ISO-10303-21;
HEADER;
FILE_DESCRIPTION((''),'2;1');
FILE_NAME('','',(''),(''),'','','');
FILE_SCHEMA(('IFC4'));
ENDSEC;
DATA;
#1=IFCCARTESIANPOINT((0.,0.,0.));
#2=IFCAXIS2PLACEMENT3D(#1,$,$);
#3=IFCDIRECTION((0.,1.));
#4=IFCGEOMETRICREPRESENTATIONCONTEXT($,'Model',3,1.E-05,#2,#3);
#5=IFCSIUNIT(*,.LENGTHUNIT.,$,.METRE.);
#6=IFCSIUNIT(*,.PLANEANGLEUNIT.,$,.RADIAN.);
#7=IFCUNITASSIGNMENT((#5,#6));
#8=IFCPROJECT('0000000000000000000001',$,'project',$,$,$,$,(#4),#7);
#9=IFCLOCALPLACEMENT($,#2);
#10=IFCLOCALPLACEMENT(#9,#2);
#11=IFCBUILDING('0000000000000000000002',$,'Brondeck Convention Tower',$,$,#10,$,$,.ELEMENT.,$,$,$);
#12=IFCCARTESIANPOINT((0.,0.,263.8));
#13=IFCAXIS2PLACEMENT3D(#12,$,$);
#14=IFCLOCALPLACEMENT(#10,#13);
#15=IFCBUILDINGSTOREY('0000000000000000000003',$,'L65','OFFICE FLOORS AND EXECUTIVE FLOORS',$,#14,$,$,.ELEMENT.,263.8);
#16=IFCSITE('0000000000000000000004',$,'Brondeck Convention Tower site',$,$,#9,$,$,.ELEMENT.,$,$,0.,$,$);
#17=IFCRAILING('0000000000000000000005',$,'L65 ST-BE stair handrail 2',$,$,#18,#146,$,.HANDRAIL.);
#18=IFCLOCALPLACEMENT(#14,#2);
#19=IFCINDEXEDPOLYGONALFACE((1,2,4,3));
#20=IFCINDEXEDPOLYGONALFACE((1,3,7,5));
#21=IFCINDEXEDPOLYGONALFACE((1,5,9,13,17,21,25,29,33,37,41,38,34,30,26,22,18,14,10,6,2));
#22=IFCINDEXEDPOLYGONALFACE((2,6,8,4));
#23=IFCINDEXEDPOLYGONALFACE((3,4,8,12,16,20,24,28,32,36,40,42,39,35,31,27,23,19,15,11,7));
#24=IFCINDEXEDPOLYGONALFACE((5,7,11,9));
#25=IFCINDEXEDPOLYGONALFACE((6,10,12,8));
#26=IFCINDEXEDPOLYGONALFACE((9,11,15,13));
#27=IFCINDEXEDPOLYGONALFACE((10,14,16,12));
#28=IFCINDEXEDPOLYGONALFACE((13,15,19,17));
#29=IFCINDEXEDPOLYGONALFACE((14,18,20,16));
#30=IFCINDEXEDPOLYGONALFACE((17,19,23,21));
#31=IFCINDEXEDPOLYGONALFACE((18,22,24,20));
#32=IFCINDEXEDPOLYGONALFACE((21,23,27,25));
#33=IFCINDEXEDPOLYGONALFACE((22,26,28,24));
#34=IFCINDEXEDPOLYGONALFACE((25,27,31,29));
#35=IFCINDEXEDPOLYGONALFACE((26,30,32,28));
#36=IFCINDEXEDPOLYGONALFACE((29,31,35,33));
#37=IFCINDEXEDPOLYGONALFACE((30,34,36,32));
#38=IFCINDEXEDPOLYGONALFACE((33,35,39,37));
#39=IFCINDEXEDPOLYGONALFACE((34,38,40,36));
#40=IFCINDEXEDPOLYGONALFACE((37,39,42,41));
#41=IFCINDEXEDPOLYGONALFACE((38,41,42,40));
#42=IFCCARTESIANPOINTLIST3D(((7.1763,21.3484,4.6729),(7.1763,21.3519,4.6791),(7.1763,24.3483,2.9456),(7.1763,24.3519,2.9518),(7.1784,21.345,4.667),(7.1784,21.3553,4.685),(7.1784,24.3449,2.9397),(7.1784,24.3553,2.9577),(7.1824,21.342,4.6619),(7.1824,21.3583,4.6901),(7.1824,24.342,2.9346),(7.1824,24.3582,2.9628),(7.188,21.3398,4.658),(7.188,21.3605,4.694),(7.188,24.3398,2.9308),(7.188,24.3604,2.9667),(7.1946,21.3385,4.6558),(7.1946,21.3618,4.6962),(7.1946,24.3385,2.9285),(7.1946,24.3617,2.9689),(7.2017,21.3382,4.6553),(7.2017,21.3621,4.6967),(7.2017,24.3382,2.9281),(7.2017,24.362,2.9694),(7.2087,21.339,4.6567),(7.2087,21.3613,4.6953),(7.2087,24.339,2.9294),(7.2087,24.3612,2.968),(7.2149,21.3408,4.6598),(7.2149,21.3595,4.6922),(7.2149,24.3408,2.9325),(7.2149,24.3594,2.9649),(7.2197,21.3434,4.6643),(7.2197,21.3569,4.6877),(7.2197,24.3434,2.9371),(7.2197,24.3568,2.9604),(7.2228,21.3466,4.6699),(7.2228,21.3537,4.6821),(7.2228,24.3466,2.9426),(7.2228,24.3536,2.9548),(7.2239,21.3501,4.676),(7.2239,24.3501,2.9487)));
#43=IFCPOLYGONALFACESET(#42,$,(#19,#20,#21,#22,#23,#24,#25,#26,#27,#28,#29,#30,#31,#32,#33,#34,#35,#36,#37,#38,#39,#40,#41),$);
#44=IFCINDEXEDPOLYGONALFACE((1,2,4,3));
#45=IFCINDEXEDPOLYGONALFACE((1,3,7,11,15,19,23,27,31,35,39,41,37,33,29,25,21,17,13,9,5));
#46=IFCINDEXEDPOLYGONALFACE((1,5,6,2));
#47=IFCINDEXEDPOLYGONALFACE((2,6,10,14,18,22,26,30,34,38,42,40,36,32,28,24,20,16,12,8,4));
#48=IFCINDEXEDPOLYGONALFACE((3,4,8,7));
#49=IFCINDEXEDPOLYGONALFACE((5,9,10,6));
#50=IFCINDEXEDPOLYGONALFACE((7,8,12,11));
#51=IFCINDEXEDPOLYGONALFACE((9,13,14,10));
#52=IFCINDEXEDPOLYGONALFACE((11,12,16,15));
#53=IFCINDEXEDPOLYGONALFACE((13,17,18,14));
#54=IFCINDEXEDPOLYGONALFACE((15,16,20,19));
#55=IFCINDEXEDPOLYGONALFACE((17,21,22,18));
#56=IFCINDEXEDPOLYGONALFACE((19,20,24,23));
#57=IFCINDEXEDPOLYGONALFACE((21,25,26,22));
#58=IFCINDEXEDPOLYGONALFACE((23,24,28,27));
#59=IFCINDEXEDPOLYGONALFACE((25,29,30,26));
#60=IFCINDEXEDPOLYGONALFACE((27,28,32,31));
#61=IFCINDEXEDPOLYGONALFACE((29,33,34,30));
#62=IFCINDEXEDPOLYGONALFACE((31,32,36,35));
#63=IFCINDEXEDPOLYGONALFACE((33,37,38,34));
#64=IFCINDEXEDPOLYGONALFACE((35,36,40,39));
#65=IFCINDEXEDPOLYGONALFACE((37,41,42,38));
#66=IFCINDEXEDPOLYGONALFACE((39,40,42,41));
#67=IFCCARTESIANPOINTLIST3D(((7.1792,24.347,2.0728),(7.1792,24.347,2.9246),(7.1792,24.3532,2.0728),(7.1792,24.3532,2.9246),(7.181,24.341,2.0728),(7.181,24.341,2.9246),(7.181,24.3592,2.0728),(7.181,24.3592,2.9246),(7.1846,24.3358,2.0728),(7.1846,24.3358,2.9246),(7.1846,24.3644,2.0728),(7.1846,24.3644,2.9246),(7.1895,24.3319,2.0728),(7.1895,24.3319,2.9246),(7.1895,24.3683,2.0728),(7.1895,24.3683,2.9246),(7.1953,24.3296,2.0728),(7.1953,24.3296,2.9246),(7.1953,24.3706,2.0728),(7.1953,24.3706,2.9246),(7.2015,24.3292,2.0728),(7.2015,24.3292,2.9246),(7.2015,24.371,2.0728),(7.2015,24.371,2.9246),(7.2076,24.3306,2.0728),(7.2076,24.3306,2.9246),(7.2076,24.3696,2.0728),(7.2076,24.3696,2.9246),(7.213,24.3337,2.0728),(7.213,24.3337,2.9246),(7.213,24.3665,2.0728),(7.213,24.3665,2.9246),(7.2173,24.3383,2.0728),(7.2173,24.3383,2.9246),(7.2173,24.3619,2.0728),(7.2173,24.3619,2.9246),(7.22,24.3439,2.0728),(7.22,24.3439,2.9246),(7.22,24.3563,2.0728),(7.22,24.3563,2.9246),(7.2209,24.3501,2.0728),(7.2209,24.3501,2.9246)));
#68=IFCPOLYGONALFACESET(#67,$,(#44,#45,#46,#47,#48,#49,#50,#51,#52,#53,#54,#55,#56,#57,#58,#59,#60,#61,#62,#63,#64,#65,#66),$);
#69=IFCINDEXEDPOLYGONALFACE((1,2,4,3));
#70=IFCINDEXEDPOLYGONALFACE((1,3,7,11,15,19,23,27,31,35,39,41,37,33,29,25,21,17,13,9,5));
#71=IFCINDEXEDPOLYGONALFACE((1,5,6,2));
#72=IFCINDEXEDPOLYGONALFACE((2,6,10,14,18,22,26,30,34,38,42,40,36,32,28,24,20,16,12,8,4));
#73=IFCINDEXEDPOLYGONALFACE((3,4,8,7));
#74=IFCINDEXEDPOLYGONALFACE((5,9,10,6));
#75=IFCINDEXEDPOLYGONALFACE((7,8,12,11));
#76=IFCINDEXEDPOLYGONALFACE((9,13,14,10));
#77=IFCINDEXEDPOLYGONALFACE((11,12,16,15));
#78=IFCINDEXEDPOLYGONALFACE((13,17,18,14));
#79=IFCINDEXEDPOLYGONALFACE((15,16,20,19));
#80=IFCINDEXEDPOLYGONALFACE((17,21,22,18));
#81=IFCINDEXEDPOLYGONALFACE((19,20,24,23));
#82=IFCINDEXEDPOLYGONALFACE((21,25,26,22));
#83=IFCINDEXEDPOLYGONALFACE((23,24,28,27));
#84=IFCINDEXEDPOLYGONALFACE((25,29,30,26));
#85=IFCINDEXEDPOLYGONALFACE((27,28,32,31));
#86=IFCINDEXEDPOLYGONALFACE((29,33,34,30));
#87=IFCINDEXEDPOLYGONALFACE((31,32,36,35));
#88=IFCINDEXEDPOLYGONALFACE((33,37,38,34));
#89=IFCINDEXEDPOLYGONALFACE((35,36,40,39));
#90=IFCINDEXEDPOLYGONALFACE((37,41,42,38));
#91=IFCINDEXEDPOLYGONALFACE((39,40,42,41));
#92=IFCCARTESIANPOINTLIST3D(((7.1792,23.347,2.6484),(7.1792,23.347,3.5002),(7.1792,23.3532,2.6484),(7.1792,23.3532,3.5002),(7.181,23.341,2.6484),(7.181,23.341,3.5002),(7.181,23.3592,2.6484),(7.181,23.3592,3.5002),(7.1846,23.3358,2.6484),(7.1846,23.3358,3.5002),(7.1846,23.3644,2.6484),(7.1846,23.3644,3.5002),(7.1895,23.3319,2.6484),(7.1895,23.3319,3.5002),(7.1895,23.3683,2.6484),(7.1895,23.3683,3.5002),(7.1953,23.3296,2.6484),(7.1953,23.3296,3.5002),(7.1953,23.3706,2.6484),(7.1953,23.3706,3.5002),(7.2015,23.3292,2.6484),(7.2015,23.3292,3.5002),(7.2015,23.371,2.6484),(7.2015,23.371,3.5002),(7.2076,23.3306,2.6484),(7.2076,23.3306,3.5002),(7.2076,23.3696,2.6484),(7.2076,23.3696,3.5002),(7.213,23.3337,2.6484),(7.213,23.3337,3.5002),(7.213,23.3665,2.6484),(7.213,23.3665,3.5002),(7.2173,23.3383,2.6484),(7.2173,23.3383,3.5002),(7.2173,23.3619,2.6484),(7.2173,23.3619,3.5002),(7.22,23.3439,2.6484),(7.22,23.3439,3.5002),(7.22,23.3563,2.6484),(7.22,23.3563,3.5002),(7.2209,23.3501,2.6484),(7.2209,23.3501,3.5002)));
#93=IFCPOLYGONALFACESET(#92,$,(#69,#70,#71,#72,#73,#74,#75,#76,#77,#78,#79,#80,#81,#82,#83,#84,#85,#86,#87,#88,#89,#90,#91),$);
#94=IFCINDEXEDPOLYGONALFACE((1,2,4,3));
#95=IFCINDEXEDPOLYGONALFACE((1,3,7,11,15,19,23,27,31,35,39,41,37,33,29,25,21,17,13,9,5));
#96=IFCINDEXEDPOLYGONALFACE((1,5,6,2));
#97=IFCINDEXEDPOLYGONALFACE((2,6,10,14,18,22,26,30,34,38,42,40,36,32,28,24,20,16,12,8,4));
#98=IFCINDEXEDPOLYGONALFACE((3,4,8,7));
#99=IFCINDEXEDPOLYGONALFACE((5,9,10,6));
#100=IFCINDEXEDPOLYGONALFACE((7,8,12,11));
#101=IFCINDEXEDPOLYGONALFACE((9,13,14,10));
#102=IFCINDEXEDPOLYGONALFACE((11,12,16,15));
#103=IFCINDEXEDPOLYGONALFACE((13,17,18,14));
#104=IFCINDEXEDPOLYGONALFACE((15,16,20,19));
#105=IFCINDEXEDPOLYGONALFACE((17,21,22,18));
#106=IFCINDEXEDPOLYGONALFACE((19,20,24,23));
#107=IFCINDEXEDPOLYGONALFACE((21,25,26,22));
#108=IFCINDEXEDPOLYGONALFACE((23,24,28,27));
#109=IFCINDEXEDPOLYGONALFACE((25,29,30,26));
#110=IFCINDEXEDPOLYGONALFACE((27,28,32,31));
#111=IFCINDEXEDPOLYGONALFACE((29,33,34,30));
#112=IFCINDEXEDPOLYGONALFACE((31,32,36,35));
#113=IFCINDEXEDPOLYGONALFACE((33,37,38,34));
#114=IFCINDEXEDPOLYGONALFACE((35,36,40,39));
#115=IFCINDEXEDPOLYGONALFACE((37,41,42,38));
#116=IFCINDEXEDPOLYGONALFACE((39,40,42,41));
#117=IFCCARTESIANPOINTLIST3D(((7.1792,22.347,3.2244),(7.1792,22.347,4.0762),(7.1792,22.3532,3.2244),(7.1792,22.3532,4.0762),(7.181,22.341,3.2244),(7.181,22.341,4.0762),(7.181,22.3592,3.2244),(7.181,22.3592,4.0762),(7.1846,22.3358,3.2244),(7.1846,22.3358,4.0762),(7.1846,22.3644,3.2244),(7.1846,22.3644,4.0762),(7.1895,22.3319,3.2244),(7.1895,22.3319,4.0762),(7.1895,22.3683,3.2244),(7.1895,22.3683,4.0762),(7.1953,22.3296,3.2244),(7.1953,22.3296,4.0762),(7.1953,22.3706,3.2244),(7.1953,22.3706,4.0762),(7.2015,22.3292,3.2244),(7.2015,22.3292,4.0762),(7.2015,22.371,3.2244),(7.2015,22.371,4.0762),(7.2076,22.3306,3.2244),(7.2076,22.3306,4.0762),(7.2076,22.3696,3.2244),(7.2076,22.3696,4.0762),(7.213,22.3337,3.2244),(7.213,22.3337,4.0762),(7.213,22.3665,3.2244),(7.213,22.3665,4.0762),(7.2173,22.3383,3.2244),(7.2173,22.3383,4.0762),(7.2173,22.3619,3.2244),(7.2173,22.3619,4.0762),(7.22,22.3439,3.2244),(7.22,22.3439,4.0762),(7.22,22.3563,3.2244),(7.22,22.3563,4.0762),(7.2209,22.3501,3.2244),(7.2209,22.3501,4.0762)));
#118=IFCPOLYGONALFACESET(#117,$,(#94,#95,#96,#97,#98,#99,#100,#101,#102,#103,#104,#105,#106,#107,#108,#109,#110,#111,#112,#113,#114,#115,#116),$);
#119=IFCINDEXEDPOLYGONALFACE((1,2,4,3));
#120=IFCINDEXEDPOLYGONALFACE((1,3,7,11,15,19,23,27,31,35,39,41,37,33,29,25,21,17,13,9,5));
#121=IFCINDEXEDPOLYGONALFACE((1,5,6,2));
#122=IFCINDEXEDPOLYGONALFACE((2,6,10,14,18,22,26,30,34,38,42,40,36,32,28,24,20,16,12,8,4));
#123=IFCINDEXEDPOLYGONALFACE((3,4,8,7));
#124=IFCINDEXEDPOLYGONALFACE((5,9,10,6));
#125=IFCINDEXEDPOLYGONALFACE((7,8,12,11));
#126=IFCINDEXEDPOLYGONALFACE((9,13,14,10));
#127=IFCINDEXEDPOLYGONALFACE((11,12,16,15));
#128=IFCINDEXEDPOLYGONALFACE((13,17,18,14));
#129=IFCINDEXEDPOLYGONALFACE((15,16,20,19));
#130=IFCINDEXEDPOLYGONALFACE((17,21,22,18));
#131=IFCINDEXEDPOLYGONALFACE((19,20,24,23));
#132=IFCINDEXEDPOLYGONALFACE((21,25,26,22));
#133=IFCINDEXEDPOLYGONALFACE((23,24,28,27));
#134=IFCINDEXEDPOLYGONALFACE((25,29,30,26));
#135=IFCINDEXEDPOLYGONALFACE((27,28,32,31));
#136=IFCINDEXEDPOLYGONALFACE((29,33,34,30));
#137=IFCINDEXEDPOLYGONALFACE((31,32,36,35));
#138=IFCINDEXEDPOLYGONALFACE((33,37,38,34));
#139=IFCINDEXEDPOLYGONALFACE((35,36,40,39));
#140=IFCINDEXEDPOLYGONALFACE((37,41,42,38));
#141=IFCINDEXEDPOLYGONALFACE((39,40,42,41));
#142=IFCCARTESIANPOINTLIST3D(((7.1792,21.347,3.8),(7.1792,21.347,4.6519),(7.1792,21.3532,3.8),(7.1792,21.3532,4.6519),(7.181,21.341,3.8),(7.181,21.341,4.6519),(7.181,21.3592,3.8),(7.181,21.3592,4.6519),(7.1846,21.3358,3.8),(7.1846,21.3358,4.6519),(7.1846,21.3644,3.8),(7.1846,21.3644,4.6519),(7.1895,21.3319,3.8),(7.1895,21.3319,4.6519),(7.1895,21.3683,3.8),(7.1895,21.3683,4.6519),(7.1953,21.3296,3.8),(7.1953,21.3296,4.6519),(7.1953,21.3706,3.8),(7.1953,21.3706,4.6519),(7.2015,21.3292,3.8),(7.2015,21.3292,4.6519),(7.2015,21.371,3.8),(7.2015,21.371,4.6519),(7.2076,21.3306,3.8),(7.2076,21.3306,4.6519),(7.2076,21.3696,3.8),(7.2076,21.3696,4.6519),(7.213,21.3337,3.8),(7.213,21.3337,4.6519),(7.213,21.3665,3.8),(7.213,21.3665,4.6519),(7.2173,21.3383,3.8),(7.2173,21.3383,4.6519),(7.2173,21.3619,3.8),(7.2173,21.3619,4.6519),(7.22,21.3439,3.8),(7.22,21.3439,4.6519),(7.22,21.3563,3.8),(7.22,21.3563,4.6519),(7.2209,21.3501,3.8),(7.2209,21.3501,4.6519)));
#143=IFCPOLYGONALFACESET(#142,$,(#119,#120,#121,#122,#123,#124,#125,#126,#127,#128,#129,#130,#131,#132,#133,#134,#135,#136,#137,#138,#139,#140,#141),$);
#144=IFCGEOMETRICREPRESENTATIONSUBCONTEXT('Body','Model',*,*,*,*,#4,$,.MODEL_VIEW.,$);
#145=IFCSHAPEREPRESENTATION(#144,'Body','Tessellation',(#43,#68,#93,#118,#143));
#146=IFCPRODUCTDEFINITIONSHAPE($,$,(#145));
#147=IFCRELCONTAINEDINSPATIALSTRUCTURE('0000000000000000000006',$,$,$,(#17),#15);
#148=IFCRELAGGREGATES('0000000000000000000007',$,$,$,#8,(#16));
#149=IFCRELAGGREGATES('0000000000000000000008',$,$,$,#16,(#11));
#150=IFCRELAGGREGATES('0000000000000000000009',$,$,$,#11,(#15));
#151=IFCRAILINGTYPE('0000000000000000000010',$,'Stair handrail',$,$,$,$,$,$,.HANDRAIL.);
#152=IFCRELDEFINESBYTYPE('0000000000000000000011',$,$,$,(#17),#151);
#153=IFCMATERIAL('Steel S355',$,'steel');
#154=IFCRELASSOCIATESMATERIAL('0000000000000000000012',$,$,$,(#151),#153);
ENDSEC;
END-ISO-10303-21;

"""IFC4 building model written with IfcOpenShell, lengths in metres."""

from ifc_helpers import new_model, si_unit, direction, frame, origin, origin_2d, place, context, subcontext, project, spatial, circle, extrude, material, type_object, element, save


model = new_model("IFC4")

# Units and contexts
model_context = context("Model", 3, precision=1e-05, world=origin(), true_north=direction((0.0, 1.0)))
body_context = subcontext(model_context, "Body", "Model", "MODEL_VIEW")
ifc_project = project(units=[si_unit("LENGTHUNIT", "METRE"), si_unit("PLANEANGLEUNIT", "RADIAN")], contexts=[model_context])

# Site, building, storey
site_placement = place(None, origin())
site = spatial("IfcSite", under=ifc_project, at=site_placement, Name="Brondeck Convention Tower site", CompositionType="ELEMENT", RefElevation=0.0)
building_placement = place(site_placement, origin())
building = spatial("IfcBuilding", under=site, at=building_placement, Name="Brondeck Convention Tower", CompositionType="ELEMENT")
storey_placement = place(building_placement, frame((0.0, 0.0, 263.8)))
storey = spatial("IfcBuildingStorey", under=building, at=storey_placement, Name="L65", Description="OFFICE FLOORS AND EXECUTIVE FLOORS", CompositionType="ELEMENT", Elevation=263.8)

# Shared definitions
ifc_material_1 = material(Name="Steel S355", Category="steel")

# Railing
railing_type = type_object("IfcRailingType", Name="Stair handrail", PredefinedType="HANDRAIL", material=ifc_material_1)
railing_1_placement = place(storey_placement, frame((7.2, 24.3501, 2.0728)))
element("IfcRailing", 1, at=railing_1_placement, inside=storey, type_object=railing_type, Name="L65 ST-BE stair handrail 2", PredefinedType="HANDRAIL", context=body_context, shape_type="SweptSolid", body=[
    extrude(circle(Radius=0.0239, at=origin_2d()), frame((0.0, 0.0, 0.876), z_axis=(0.0, -0.86662, 0.498969), x_axis=(1.0, 0.0, 0.0)), (0.0, 0.0, 1.0), 3.4617),
    extrude(circle(Radius=0.021, at=origin_2d()), origin(), (0.0, 0.0, 1.0), 0.8518),
    extrude(circle(Radius=0.021, at=origin_2d()), frame((0.0, -1.0, 0.5757)), (0.0, 0.0, 1.0), 0.8518),
    extrude(circle(Radius=0.021, at=origin_2d()), frame((0.0, -2.0, 1.1516)), (0.0, 0.0, 1.0), 0.8518),
    extrude(circle(Radius=0.021, at=origin_2d()), frame((0.0, -3.0, 1.7273)), (0.0, 0.0, 1.0), 0.8518),
])

save(model, "model.ifc")
